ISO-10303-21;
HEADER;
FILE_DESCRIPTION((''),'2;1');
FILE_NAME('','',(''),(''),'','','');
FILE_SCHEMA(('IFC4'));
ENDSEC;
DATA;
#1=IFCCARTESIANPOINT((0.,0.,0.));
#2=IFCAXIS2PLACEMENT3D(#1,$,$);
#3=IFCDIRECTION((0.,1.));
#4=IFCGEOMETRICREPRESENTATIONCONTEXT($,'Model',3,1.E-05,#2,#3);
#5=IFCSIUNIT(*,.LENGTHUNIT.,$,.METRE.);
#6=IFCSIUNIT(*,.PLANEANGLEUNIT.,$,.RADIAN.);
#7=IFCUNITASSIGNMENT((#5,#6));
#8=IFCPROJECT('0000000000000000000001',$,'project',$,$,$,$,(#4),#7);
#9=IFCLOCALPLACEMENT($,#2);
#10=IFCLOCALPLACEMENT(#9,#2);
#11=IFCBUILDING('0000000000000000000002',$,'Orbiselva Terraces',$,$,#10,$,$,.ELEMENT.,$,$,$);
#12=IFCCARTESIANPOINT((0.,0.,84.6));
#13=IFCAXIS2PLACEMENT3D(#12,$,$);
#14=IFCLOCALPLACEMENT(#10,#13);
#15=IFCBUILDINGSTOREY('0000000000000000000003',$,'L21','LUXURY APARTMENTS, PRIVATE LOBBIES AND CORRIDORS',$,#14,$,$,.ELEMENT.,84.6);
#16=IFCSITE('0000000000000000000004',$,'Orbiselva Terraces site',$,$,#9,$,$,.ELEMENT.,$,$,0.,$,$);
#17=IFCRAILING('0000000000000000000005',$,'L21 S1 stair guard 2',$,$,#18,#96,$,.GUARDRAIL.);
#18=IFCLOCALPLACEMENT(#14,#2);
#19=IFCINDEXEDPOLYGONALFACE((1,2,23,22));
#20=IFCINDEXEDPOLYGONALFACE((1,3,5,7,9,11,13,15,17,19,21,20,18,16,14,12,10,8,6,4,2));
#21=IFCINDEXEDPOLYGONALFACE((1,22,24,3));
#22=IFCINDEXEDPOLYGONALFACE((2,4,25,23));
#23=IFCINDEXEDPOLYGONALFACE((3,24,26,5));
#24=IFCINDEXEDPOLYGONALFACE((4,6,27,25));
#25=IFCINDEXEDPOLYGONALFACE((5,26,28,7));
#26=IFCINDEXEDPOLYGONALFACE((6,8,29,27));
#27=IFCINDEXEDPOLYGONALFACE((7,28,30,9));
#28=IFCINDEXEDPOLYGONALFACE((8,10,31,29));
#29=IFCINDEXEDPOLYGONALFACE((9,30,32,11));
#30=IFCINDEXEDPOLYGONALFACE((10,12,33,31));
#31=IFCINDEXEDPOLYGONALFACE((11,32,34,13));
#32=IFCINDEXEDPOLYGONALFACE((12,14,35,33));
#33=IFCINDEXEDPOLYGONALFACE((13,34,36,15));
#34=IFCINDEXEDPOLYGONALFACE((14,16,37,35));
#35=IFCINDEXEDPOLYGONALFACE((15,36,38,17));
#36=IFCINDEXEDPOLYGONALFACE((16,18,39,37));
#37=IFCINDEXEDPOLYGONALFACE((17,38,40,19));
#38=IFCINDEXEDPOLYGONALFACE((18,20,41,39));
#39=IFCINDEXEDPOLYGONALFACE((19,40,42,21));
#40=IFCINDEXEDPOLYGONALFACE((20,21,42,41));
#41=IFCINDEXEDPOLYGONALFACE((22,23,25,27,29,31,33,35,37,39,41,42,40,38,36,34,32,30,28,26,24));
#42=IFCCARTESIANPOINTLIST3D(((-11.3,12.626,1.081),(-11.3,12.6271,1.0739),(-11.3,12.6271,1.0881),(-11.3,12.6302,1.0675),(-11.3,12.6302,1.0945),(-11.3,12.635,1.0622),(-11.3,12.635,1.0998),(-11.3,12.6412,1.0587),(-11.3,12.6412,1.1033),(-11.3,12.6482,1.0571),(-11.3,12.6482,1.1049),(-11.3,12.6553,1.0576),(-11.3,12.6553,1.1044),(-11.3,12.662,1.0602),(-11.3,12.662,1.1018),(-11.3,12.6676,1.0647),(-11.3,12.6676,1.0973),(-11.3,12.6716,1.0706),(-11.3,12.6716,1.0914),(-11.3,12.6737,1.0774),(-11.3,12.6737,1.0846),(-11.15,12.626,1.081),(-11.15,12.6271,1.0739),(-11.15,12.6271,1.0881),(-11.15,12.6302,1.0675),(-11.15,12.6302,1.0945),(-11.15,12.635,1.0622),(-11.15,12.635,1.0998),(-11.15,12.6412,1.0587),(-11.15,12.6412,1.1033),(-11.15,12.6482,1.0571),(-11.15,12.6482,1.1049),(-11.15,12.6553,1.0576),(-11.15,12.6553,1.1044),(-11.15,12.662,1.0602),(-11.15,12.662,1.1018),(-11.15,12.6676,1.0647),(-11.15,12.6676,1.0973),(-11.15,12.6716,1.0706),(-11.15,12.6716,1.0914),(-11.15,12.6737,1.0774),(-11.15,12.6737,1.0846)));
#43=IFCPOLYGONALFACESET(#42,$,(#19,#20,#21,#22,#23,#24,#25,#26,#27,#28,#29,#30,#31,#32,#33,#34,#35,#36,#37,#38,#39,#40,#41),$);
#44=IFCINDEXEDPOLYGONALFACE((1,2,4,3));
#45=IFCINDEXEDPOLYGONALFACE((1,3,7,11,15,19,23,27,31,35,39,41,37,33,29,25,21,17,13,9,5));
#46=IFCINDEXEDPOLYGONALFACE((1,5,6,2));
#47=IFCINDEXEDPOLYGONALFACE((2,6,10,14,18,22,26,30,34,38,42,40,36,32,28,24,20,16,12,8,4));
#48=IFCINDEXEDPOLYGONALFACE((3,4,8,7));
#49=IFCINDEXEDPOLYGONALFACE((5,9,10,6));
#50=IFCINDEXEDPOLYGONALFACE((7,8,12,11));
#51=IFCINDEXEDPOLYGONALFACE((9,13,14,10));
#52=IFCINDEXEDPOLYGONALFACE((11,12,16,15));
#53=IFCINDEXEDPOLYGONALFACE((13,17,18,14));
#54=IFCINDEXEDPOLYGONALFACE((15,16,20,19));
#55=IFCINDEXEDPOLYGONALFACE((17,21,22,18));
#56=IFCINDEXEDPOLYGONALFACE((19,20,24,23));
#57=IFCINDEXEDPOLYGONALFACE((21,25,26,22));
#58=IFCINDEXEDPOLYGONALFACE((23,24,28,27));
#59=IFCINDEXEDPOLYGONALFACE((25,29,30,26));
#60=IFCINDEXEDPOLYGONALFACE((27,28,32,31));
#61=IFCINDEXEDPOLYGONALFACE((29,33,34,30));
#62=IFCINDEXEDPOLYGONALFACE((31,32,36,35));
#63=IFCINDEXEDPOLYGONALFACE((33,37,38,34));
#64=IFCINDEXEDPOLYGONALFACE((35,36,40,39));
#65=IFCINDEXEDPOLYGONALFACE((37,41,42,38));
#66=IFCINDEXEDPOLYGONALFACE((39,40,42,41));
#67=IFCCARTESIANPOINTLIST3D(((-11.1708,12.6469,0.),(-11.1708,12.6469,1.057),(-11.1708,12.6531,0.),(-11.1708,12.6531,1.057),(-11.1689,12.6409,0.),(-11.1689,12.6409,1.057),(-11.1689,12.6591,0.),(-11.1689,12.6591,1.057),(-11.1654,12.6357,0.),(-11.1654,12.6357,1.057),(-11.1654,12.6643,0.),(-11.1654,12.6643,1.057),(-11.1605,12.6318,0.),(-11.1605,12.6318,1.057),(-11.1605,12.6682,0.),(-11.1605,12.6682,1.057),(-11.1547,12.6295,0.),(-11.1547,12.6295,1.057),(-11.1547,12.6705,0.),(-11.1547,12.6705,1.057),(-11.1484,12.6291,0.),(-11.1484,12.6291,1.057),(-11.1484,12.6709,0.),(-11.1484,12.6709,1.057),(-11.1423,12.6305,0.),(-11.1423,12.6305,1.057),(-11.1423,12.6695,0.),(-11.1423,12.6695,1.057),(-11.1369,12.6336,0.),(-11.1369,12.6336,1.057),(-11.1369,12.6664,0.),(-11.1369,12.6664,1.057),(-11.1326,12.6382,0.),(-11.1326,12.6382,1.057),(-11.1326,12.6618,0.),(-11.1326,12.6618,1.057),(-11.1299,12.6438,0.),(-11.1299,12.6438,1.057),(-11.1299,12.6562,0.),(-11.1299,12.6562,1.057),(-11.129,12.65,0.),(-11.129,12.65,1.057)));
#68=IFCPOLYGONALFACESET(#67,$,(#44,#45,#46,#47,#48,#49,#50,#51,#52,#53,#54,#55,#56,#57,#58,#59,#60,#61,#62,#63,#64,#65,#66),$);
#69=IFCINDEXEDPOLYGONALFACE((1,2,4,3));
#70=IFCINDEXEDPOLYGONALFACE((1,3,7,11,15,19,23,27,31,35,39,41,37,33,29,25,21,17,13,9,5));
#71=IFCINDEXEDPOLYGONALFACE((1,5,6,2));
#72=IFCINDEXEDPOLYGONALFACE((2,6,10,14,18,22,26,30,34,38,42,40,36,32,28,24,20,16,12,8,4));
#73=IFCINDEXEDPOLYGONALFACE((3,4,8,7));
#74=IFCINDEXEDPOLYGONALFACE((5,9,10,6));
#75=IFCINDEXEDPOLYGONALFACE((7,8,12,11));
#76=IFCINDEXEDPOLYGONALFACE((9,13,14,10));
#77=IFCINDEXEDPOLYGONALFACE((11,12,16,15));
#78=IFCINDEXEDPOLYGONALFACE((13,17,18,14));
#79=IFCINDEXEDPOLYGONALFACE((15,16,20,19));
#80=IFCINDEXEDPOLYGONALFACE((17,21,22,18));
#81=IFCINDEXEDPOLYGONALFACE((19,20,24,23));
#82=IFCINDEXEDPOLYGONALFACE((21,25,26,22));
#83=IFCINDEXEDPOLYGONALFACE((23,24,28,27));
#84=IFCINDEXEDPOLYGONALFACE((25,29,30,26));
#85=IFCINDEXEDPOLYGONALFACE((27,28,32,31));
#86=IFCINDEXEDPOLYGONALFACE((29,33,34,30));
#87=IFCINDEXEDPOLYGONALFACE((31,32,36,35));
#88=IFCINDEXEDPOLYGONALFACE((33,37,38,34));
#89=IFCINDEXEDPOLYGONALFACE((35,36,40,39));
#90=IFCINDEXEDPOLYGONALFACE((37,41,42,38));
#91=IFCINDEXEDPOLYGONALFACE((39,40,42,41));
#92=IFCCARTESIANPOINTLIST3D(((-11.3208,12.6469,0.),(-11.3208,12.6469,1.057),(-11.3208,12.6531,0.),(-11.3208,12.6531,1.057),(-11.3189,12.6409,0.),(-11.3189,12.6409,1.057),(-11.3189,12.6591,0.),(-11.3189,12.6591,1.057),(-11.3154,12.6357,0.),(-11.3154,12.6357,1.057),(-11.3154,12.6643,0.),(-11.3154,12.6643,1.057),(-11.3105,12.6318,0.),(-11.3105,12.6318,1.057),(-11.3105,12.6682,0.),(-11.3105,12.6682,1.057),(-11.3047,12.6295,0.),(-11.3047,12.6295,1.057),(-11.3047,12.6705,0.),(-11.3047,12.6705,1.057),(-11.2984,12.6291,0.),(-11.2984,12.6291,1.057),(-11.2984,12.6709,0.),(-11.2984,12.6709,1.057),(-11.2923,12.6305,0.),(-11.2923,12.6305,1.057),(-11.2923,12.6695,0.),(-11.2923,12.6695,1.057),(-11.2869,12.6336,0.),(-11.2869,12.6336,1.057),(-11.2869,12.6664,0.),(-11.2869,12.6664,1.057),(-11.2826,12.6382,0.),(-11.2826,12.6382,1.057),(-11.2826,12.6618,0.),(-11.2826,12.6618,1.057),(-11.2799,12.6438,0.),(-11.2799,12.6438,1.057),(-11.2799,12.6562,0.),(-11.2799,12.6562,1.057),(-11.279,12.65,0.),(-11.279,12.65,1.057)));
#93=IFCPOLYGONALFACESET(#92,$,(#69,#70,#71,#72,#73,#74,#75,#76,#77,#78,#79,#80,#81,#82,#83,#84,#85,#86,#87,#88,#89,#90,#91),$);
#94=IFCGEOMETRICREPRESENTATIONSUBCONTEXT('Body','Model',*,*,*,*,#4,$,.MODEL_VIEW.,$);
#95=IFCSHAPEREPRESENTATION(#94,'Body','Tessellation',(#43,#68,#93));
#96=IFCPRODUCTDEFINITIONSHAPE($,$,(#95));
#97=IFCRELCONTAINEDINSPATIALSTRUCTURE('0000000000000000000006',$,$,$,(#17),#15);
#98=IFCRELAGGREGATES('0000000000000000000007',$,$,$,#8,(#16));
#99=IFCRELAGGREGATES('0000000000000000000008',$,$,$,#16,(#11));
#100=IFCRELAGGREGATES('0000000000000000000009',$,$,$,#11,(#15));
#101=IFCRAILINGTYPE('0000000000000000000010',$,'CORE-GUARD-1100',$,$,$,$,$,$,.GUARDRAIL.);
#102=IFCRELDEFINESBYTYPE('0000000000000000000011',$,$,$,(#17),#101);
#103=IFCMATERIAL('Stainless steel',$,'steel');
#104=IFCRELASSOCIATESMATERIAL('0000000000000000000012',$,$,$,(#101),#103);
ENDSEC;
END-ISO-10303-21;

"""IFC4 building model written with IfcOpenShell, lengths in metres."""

from ifc_helpers import new_model, si_unit, direction, frame, origin, origin_2d, place, context, subcontext, project, spatial, circle, extrude, material, type_object, element, save


model = new_model("IFC4")

# Units and contexts
model_context = context("Model", 3, precision=1e-05, world=origin(), true_north=direction((0.0, 1.0)))
body_context = subcontext(model_context, "Body", "Model", "MODEL_VIEW")
ifc_project = project(units=[si_unit("LENGTHUNIT", "METRE"), si_unit("PLANEANGLEUNIT", "RADIAN")], contexts=[model_context])

# Site, building, storey
site_placement = place(None, origin())
site = spatial("IfcSite", under=ifc_project, at=site_placement, Name="Orbiselva Terraces site", CompositionType="ELEMENT", RefElevation=0.0)
building_placement = place(site_placement, origin())
building = spatial("IfcBuilding", under=site, at=building_placement, Name="Orbiselva Terraces", CompositionType="ELEMENT")
storey_placement = place(building_placement, frame((0.0, 0.0, 84.6)))
storey = spatial("IfcBuildingStorey", under=building, at=storey_placement, Name="L21", Description="LUXURY APARTMENTS, PRIVATE LOBBIES AND CORRIDORS", CompositionType="ELEMENT", Elevation=84.6)

# Railing
ifc_material_1 = material(Name="Stainless steel", Category="steel")
railing_type_1 = type_object("IfcRailingType", Name="CORE-GUARD-1100", PredefinedType="GUARDRAIL", material=ifc_material_1)
railing_1_placement = place(storey_placement, frame((-11.15, 12.65, 0.0)))
element("IfcRailing", 1, at=railing_1_placement, inside=storey, type_object=railing_type_1, Name="L21 S1 stair guard 2", PredefinedType="GUARDRAIL", context=body_context, shape_type="SweptSolid", body=[
    extrude(circle(Radius=0.024, at=origin_2d()), frame((0.0, 0.0, 1.081), z_axis=(-1.0, 0.0, 0.0), x_axis=(0.0, -1.0, 0.0)), (0.0, 0.0, 1.0), 0.15),
    extrude(circle(Radius=0.021, at=origin_2d()), origin(), (0.0, 0.0, 1.0), 1.057),
    extrude(circle(Radius=0.021, at=origin_2d()), frame((-0.15, 0.0, 0.0)), (0.0, 0.0, 1.0), 1.057),
])

save(model, "model.ifc")
